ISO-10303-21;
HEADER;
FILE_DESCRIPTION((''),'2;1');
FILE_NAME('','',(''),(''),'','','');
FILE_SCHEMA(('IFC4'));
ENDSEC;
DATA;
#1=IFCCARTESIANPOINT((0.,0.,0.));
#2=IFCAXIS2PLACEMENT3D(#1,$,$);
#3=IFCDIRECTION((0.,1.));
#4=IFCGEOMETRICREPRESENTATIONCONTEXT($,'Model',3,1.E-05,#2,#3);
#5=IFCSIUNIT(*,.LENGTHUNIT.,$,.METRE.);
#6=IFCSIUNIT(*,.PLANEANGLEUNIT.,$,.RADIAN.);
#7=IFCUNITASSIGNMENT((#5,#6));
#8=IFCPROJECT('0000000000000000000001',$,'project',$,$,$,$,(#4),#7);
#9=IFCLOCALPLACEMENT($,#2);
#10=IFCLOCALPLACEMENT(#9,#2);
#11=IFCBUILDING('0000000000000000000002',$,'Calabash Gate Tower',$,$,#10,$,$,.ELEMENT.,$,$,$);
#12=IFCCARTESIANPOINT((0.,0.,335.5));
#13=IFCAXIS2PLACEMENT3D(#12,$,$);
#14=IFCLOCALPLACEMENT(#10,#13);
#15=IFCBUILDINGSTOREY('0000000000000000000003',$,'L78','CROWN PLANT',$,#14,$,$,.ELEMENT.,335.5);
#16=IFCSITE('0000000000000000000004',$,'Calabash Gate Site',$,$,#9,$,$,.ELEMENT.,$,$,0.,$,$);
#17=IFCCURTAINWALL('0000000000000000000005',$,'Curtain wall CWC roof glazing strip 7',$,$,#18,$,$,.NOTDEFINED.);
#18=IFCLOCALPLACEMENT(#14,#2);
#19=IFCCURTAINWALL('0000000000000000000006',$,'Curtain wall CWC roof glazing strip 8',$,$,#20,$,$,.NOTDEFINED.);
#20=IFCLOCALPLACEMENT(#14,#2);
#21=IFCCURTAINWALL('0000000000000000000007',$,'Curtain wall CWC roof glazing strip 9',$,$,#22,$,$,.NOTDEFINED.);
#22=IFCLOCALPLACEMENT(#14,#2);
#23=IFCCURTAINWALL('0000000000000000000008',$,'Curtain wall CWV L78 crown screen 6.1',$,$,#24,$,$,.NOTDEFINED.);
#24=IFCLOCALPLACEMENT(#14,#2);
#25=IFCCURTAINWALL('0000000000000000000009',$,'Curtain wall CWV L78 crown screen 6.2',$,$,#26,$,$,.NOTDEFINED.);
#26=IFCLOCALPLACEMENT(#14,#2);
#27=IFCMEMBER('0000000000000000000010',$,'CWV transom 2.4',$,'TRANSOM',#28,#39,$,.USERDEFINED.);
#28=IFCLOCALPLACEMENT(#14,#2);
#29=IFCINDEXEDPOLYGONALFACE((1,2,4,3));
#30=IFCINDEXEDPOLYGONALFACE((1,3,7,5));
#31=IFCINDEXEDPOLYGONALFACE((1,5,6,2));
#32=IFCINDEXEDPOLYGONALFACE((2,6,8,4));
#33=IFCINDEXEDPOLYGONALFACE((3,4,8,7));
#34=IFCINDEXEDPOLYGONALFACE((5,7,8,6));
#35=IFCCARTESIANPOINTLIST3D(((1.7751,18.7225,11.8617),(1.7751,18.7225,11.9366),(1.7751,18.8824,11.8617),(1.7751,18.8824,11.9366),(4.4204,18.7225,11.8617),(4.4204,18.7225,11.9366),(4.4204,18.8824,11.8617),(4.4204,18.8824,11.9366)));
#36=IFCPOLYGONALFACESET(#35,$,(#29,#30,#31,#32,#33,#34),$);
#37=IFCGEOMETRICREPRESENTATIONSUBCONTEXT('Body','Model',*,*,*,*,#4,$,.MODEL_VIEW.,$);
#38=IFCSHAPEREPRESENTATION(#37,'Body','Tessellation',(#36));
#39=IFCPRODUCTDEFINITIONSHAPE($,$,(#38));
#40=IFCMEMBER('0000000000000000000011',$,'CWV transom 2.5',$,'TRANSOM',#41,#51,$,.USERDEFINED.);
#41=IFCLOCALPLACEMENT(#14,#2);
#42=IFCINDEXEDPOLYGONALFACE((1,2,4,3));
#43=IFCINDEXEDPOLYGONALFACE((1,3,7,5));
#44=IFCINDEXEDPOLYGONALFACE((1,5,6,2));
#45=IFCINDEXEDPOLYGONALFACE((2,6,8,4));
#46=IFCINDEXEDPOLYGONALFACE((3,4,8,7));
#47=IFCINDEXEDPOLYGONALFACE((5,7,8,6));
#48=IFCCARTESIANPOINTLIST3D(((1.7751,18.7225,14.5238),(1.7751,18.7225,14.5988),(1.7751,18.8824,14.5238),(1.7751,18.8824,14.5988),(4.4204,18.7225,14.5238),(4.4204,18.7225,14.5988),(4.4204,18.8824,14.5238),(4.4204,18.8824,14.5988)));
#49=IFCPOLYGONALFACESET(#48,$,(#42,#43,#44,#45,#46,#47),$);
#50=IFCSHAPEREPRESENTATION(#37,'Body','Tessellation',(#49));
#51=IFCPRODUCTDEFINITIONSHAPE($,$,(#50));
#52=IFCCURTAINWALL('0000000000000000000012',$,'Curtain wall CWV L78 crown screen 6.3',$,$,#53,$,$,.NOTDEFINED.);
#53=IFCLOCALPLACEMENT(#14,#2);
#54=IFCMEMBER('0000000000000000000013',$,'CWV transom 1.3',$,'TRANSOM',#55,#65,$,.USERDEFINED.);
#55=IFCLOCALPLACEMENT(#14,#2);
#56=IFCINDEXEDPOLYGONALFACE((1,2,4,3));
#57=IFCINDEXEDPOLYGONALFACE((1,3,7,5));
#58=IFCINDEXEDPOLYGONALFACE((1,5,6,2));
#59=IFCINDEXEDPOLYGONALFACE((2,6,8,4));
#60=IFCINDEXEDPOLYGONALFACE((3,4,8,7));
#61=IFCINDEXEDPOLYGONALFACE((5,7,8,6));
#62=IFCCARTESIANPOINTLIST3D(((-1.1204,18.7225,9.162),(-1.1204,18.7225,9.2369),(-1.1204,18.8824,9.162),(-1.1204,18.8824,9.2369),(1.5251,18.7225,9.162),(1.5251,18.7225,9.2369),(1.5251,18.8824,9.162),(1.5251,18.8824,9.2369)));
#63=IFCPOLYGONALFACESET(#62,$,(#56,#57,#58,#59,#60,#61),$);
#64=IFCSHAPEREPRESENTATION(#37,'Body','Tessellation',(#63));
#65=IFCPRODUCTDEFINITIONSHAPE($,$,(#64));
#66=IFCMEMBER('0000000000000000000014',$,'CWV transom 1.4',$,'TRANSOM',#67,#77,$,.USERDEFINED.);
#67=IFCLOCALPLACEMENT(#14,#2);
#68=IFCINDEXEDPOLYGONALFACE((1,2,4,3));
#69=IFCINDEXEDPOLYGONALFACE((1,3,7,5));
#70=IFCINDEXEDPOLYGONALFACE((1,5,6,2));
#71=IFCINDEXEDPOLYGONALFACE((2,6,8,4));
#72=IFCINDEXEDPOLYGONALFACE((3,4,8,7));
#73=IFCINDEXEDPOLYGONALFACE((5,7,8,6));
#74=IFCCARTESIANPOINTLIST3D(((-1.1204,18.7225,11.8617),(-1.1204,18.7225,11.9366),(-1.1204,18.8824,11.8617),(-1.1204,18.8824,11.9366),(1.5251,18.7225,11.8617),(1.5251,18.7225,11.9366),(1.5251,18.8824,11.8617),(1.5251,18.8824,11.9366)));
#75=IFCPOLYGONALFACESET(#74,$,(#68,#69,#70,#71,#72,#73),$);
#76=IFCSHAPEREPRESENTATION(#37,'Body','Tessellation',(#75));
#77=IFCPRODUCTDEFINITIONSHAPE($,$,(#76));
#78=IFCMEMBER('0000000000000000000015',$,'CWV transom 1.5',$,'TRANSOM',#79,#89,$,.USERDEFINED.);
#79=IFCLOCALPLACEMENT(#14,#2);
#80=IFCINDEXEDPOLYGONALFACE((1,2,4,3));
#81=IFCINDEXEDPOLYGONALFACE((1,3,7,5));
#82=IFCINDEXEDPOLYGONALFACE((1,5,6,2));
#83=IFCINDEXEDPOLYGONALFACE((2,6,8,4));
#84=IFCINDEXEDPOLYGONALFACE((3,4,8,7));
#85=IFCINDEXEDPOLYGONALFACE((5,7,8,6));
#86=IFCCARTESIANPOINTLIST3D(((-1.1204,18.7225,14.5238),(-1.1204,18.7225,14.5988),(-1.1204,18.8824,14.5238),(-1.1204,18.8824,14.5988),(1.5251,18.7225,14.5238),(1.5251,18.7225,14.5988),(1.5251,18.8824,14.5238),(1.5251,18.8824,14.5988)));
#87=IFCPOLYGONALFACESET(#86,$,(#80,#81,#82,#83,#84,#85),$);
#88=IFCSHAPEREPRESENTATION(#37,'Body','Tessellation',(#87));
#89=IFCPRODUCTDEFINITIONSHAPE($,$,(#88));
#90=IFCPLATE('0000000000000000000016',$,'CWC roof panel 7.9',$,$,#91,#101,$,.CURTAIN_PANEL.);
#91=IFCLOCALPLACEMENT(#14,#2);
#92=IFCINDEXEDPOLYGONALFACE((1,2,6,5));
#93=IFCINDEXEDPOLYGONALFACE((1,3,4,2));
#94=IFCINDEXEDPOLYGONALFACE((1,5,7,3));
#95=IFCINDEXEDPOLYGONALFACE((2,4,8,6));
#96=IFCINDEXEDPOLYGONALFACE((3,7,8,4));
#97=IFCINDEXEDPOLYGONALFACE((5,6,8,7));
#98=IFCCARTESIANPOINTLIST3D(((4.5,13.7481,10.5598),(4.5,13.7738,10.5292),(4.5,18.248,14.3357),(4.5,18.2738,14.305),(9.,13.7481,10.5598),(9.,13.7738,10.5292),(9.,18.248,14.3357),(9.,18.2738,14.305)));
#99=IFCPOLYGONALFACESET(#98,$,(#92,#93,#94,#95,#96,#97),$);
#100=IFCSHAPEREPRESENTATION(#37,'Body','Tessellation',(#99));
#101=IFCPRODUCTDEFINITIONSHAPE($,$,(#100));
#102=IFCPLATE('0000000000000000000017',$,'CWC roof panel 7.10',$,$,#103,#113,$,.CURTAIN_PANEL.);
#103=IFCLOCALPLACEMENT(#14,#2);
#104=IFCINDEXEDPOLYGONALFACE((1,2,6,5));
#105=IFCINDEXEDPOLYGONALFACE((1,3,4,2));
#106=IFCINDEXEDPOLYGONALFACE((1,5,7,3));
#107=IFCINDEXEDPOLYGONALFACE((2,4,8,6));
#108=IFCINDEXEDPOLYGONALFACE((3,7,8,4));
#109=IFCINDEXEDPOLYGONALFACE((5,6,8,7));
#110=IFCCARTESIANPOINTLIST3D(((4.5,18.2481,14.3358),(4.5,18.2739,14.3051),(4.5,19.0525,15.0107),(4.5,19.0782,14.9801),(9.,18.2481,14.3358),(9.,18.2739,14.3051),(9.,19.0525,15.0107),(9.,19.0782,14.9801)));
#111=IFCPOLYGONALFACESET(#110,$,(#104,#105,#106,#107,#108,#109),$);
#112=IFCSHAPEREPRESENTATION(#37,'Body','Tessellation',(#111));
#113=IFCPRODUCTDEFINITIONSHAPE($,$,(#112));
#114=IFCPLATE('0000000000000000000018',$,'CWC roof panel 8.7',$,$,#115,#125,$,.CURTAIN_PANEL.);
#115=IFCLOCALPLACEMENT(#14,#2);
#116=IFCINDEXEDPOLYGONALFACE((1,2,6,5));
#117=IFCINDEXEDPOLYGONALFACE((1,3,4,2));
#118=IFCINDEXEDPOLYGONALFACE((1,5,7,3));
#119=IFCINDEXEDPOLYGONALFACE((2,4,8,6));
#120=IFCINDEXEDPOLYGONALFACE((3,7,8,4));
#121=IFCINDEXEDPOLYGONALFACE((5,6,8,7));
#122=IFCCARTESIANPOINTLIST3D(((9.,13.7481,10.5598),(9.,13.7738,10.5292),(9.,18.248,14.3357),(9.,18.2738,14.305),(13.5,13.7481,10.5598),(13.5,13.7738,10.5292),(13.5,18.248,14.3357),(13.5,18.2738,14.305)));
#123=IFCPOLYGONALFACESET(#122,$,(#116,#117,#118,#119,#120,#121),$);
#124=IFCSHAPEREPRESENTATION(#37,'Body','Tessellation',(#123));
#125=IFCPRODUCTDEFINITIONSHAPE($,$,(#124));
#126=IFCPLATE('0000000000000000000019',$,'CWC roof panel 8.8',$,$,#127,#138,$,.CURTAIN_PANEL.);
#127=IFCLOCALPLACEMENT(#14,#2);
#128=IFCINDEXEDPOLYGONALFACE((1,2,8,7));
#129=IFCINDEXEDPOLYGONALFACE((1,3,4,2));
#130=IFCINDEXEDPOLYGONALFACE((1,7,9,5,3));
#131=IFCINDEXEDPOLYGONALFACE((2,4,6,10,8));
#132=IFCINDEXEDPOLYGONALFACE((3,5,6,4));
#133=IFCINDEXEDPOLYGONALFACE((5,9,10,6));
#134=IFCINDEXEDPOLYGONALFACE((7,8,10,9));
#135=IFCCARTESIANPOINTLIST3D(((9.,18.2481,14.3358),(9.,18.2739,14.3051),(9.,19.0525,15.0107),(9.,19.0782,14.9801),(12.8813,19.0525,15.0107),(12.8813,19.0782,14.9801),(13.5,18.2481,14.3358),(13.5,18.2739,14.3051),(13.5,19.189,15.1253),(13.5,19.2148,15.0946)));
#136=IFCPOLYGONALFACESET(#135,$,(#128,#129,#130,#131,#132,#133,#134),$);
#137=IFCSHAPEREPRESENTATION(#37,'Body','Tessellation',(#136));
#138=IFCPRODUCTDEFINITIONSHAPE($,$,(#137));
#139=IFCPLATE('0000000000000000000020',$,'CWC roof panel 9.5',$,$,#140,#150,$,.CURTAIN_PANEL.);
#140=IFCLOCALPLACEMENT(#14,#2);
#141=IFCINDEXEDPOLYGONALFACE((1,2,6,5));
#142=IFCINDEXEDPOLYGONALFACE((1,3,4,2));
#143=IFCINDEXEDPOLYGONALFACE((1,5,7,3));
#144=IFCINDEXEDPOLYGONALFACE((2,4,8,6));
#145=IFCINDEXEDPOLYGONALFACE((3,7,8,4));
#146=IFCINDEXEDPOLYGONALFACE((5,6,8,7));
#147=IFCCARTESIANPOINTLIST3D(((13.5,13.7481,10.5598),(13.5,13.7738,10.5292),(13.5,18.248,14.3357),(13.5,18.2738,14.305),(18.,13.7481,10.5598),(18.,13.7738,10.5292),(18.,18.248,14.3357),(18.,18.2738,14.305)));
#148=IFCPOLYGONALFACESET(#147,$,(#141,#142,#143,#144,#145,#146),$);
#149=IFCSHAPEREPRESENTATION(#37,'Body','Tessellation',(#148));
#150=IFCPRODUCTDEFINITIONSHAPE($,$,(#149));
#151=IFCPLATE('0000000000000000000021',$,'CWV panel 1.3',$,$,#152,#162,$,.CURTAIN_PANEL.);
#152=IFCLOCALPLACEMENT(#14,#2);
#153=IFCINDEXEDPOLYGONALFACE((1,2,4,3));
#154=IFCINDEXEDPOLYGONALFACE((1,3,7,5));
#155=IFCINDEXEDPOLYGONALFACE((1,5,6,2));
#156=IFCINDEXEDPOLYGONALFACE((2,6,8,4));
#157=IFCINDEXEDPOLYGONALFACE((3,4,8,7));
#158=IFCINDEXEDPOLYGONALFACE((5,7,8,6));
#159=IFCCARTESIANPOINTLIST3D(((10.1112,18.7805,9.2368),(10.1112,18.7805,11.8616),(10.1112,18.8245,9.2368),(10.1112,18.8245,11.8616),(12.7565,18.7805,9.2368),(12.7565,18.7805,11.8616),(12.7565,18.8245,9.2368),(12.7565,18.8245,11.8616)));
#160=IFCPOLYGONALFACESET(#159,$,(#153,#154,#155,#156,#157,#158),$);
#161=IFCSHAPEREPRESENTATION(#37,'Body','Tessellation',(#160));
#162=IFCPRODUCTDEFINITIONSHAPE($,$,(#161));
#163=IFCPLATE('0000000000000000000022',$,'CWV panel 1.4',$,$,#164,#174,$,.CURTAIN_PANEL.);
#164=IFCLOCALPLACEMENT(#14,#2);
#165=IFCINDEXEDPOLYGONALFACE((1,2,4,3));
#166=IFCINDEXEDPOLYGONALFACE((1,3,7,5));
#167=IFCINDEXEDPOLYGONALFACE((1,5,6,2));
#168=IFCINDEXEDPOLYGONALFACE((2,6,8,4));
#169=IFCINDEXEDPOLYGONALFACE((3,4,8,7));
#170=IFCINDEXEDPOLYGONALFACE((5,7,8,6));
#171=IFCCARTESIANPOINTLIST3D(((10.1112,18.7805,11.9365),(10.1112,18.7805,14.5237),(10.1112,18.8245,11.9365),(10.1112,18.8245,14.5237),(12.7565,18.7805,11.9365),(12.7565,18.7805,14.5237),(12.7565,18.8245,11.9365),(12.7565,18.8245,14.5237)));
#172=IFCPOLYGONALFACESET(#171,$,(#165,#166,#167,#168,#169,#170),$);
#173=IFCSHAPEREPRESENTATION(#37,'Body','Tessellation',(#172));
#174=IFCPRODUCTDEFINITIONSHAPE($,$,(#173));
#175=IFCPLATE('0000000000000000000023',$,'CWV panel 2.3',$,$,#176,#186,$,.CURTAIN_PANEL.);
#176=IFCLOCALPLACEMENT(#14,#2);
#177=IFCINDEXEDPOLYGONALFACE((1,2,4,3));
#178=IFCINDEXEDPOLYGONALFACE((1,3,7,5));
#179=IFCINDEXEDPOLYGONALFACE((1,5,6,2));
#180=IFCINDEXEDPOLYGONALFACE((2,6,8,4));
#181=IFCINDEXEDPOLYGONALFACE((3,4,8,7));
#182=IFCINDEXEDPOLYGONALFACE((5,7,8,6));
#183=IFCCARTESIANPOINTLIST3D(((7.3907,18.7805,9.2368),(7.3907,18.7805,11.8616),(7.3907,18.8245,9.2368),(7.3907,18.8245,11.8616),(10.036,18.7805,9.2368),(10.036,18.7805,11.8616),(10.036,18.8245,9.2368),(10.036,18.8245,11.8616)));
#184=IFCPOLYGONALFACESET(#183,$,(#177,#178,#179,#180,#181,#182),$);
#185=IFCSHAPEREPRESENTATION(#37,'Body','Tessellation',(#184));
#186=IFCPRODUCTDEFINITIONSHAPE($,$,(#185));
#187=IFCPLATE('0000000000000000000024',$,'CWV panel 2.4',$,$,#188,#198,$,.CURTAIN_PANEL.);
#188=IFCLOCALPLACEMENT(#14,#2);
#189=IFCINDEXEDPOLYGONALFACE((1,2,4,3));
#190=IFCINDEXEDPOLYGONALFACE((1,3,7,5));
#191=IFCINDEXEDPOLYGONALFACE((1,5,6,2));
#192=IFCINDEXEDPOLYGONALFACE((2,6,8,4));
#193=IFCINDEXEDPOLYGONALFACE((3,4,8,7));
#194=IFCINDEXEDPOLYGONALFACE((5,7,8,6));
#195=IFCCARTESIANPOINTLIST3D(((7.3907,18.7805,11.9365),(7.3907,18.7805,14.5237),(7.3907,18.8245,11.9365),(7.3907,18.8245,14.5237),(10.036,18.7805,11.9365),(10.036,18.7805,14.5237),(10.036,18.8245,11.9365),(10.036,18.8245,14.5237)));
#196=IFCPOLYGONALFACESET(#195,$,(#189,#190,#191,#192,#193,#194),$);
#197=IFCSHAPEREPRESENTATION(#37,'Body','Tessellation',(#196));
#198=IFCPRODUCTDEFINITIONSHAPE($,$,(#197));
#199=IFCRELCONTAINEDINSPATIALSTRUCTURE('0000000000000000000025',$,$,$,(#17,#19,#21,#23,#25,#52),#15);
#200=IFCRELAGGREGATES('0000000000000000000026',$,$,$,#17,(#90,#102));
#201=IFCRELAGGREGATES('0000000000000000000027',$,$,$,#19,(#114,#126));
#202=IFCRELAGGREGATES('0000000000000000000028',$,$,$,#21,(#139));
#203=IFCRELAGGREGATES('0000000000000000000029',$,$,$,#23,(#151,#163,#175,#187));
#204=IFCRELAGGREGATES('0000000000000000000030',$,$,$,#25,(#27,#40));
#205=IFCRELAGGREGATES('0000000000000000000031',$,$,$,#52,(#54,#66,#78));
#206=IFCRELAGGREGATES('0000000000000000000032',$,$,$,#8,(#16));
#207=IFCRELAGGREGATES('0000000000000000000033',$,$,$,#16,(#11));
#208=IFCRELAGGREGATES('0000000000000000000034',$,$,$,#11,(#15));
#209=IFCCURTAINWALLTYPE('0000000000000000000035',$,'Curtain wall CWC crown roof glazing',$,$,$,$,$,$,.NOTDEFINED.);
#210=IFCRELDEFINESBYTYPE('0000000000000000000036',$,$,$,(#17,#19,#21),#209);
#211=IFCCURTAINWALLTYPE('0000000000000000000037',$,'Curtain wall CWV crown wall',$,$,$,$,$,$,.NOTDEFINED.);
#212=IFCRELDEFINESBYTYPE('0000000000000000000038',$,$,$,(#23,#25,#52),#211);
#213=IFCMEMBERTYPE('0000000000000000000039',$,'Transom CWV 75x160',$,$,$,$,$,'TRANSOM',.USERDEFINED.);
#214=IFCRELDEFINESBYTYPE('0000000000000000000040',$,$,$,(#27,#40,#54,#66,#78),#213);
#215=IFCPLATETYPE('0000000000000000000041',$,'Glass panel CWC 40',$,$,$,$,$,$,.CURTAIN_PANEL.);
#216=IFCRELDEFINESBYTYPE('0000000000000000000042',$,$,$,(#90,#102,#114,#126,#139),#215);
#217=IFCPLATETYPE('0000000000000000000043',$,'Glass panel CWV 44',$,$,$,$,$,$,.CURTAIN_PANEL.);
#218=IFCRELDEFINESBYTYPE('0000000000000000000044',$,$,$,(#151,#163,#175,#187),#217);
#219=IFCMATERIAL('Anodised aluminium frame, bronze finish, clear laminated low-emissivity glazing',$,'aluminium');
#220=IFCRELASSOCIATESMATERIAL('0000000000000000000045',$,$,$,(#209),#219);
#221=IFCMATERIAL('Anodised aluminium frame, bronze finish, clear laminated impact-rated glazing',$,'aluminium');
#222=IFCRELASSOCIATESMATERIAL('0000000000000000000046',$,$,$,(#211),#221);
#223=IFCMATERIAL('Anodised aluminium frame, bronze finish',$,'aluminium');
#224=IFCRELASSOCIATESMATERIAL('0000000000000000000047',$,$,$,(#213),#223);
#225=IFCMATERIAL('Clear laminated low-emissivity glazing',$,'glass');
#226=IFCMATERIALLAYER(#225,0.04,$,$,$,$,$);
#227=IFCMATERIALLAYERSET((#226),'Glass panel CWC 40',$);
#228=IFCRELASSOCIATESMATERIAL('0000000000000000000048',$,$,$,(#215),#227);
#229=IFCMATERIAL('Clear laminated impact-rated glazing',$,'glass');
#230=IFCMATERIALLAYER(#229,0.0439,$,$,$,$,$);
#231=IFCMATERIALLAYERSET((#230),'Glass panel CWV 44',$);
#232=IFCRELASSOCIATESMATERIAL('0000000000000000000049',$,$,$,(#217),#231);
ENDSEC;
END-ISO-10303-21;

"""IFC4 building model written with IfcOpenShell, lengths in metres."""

from ifc_helpers import new_model, si_unit, direction, frame, origin, origin_2d, place, context, subcontext, project, spatial, polyline, rectangle, outline, extrude, material, layer, layer_set, material_profile, profile_set, type_object, element, aggregate, save


model = new_model("IFC4")

# Units and contexts
model_context = context("Model", 3, precision=1e-05, world=origin(), true_north=direction((0.0, 1.0)))
body_context = subcontext(model_context, "Body", "Model", "MODEL_VIEW")
ifc_project = project(units=[si_unit("LENGTHUNIT", "METRE"), si_unit("PLANEANGLEUNIT", "RADIAN")], contexts=[model_context])

# Site, building, storey
site_placement = place(None, origin())
site = spatial("IfcSite", under=ifc_project, at=site_placement, Name="Calabash Gate Site", CompositionType="ELEMENT", RefElevation=0.0)
building_placement = place(site_placement, origin())
building = spatial("IfcBuilding", under=site, at=building_placement, Name="Calabash Gate Tower", CompositionType="ELEMENT")
storey_placement = place(building_placement, frame((0.0, 0.0, 335.5)))
storey = spatial("IfcBuildingStorey", under=building, at=storey_placement, Name="L78", Description="CROWN PLANT", CompositionType="ELEMENT", Elevation=335.5)

# Curtain walls
ifc_material_1 = material(Name="Anodised aluminium frame, bronze finish, clear laminated low-emissivity glazing", Category="aluminium")
curtain_wall_type_1 = type_object("IfcCurtainWallType", Name="Curtain wall CWC crown roof glazing", PredefinedType="NOTDEFINED", material=ifc_material_1)
curtain_wall_1_placement = place(storey_placement, origin())
curtain_wall_1 = element("IfcCurtainWall", 1, at=curtain_wall_1_placement, inside=storey, type_object=curtain_wall_type_1, Name="Curtain wall CWC roof glazing strip 7", PredefinedType="NOTDEFINED")
curtain_wall_2_placement = place(storey_placement, origin())
curtain_wall_2 = element("IfcCurtainWall", 2, at=curtain_wall_2_placement, inside=storey, type_object=curtain_wall_type_1, Name="Curtain wall CWC roof glazing strip 8", PredefinedType="NOTDEFINED")
curtain_wall_3_placement = place(storey_placement, origin())
curtain_wall_3 = element("IfcCurtainWall", 3, at=curtain_wall_3_placement, inside=storey, type_object=curtain_wall_type_1, Name="Curtain wall CWC roof glazing strip 9", PredefinedType="NOTDEFINED")

# Curtain walls, members
ifc_material_2 = material(Name="Anodised aluminium frame, bronze finish, clear laminated impact-rated glazing", Category="aluminium")
curtain_wall_type_2 = type_object("IfcCurtainWallType", Name="Curtain wall CWV crown wall", PredefinedType="NOTDEFINED", material=ifc_material_2)
curtain_wall_4_placement = place(storey_placement, origin())
curtain_wall_4 = element("IfcCurtainWall", 4, at=curtain_wall_4_placement, inside=storey, type_object=curtain_wall_type_2, Name="Curtain wall CWV L78 crown screen 6.1", PredefinedType="NOTDEFINED")
ifc_material_3 = material(Name="Anodised aluminium frame, bronze finish", Category="aluminium")
ifc_material_profile_1 = material_profile(ifc_material_3, rectangle(XDim=0.1599, YDim=0.075, at=origin_2d()))
ifc_profile_set_1 = profile_set([ifc_material_profile_1], Name="Anodised aluminium frame, bronze finish")
member_type_1 = type_object("IfcMemberType", Name="Transom CWV 75x160", ElementType="TRANSOM", PredefinedType="USERDEFINED", material=ifc_profile_set_1)
curtain_wall_5_placement = place(storey_placement, origin())
curtain_wall_5 = element("IfcCurtainWall", 5, at=curtain_wall_5_placement, inside=storey, type_object=curtain_wall_type_2, Name="Curtain wall CWV L78 crown screen 6.2", PredefinedType="NOTDEFINED")
member_1_placement = place(storey_placement, frame((4.4204, 18.8025, 11.8992), z_axis=(-1.0, 0.0, 0.0), x_axis=(0.0, -1.0, 0.0)))
member_1 = element("IfcMember", 6, at=member_1_placement, type_object=member_type_1, Name="CWV transom 2.4", ObjectType="TRANSOM", PredefinedType="USERDEFINED", context=body_context, shape_type="SweptSolid", body=[
    extrude(rectangle(XDim=0.1599, YDim=0.075, at=origin_2d()), origin(), (0.0, 0.0, 1.0), 2.6453),
])
member_2_placement = place(storey_placement, frame((4.4204, 18.8025, 14.5613), z_axis=(-1.0, 0.0, 0.0), x_axis=(0.0, -1.0, 0.0)))
member_2 = element("IfcMember", 7, at=member_2_placement, type_object=member_type_1, Name="CWV transom 2.5", ObjectType="TRANSOM", PredefinedType="USERDEFINED", context=body_context, shape_type="SweptSolid", body=[
    extrude(rectangle(XDim=0.1599, YDim=0.075, at=origin_2d()), origin(), (0.0, 0.0, 1.0), 2.6453),
])
curtain_wall_6_placement = place(storey_placement, origin())
curtain_wall_6 = element("IfcCurtainWall", 8, at=curtain_wall_6_placement, inside=storey, type_object=curtain_wall_type_2, Name="Curtain wall CWV L78 crown screen 6.3", PredefinedType="NOTDEFINED")
member_3_placement = place(storey_placement, frame((1.5251, 18.8025, 9.1995), z_axis=(-1.0, 0.0, 0.0), x_axis=(0.0, -1.0, 0.0)))
member_3 = element("IfcMember", 9, at=member_3_placement, type_object=member_type_1, Name="CWV transom 1.3", ObjectType="TRANSOM", PredefinedType="USERDEFINED", context=body_context, shape_type="SweptSolid", body=[
    extrude(rectangle(XDim=0.1599, YDim=0.075, at=origin_2d()), origin(), (0.0, 0.0, 1.0), 2.6455),
])
member_4_placement = place(storey_placement, frame((1.5251, 18.8025, 11.8992), z_axis=(-1.0, 0.0, 0.0), x_axis=(0.0, -1.0, 0.0)))
member_4 = element("IfcMember", 10, at=member_4_placement, type_object=member_type_1, Name="CWV transom 1.4", ObjectType="TRANSOM", PredefinedType="USERDEFINED", context=body_context, shape_type="SweptSolid", body=[
    extrude(rectangle(XDim=0.1599, YDim=0.075, at=origin_2d()), origin(), (0.0, 0.0, 1.0), 2.6455),
])
member_5_placement = place(storey_placement, frame((1.5251, 18.8025, 14.5613), z_axis=(-1.0, 0.0, 0.0), x_axis=(0.0, -1.0, 0.0)))
member_5 = element("IfcMember", 11, at=member_5_placement, type_object=member_type_1, Name="CWV transom 1.5", ObjectType="TRANSOM", PredefinedType="USERDEFINED", context=body_context, shape_type="SweptSolid", body=[
    extrude(rectangle(XDim=0.1599, YDim=0.075, at=origin_2d()), origin(), (0.0, 0.0, 1.0), 2.6455),
])

# Plates
ifc_material_4 = material(Name="Clear laminated low-emissivity glazing", Category="glass")
ifc_layer_1 = layer(ifc_material_4, 0.04)
ifc_layer_set_1 = layer_set([ifc_layer_1], Name="Glass panel CWC 40")
plate_type_1 = type_object("IfcPlateType", Name="Glass panel CWC 40", PredefinedType="CURTAIN_PANEL", material=ifc_layer_set_1)
plate_1_placement = place(storey_placement, frame((4.5, 18.248, 14.3357), z_axis=(0.0, -0.642781, 0.76605), x_axis=(1.0, 0.0, 0.0)))
plate_1 = element("IfcPlate", 12, at=plate_1_placement, type_object=plate_type_1, Name="CWC roof panel 7.9", PredefinedType="CURTAIN_PANEL", context=body_context, shape_type="SweptSolid", body=[
    extrude(outline(polyline([(0.0, 0.0), (4.5, 0.0), (4.5, -5.8743), (0.0, -5.8743), (0.0, 0.0)])), origin(), (0.0, 0.0, -1.0), 0.04),
])
plate_2_placement = place(storey_placement, frame((4.5, 19.0525, 15.0107), z_axis=(0.0, -0.64281, 0.766025), x_axis=(1.0, 0.0, 0.0)))
plate_2 = element("IfcPlate", 13, at=plate_2_placement, type_object=plate_type_1, Name="CWC roof panel 7.10", PredefinedType="CURTAIN_PANEL", context=body_context, shape_type="SweptSolid", body=[
    extrude(outline(polyline([(0.0, 0.0), (4.5, 0.0), (4.5, -1.05), (0.0, -1.05), (0.0, 0.0)])), origin(), (0.0, 0.0, -1.0), 0.04),
])
aggregate(curtain_wall_1, [plate_1, plate_2])
plate_3_placement = place(storey_placement, frame((9.0, 18.248, 14.3357), z_axis=(0.0, -0.642781, 0.76605), x_axis=(1.0, 0.0, 0.0)))
plate_3 = element("IfcPlate", 14, at=plate_3_placement, type_object=plate_type_1, Name="CWC roof panel 8.7", PredefinedType="CURTAIN_PANEL", context=body_context, shape_type="SweptSolid", body=[
    extrude(outline(polyline([(0.0, 0.0), (4.5, 0.0), (4.5, -5.8743), (0.0, -5.8743), (0.0, 0.0)])), origin(), (0.0, 0.0, -1.0), 0.04),
])
plate_4_placement = place(storey_placement, frame((9.0, 19.0525, 15.0107), z_axis=(0.000002, -0.64281, 0.766026), x_axis=(1.0, 0.000001, -0.000001)))
plate_4 = element("IfcPlate", 15, at=plate_4_placement, type_object=plate_type_1, Name="CWC roof panel 8.8", PredefinedType="CURTAIN_PANEL", context=body_context, shape_type="SweptSolid", body=[
    extrude(outline(polyline([(0.0, 0.0), (3.8813, 0.0), (4.5, 0.1782), (4.5, -1.05), (0.0, -1.05), (0.0, 0.0)])), origin(), (0.0, 0.0, -1.0), 0.04),
])
aggregate(curtain_wall_2, [plate_3, plate_4])
plate_5_placement = place(storey_placement, frame((13.5, 18.248, 14.3357), z_axis=(0.0, -0.642781, 0.76605), x_axis=(1.0, 0.0, 0.0)))
plate_5 = element("IfcPlate", 16, at=plate_5_placement, type_object=plate_type_1, Name="CWC roof panel 9.5", PredefinedType="CURTAIN_PANEL", context=body_context, shape_type="SweptSolid", body=[
    extrude(outline(polyline([(0.0, 0.0), (4.5, 0.0), (4.5, -5.8743), (0.0, -5.8743), (0.0, 0.0)])), origin(), (0.0, 0.0, -1.0), 0.04),
])
aggregate(curtain_wall_3, [plate_5])
ifc_material_5 = material(Name="Clear laminated impact-rated glazing", Category="glass")
ifc_layer_2 = layer(ifc_material_5, 0.0439)
ifc_layer_set_2 = layer_set([ifc_layer_2], Name="Glass panel CWV 44")
plate_type_2 = type_object("IfcPlateType", Name="Glass panel CWV 44", PredefinedType="CURTAIN_PANEL", material=ifc_layer_set_2)
plate_6_placement = place(storey_placement, frame((11.4338, 18.8025, 9.2368), z_axis=(0.0, 0.0, 1.0), x_axis=(-1.0, 0.0, 0.0)))
plate_6 = element("IfcPlate", 17, at=plate_6_placement, type_object=plate_type_2, Name="CWV panel 1.3", PredefinedType="CURTAIN_PANEL", context=body_context, shape_type="SweptSolid", body=[
    extrude(rectangle(XDim=2.6453, YDim=0.0439, at=origin_2d()), origin(), (0.0, 0.0, 1.0), 2.6248),
])
plate_7_placement = place(storey_placement, frame((11.4338, 18.8025, 11.9365), z_axis=(0.0, 0.0, 1.0), x_axis=(-1.0, 0.0, 0.0)))
plate_7 = element("IfcPlate", 18, at=plate_7_placement, type_object=plate_type_2, Name="CWV panel 1.4", PredefinedType="CURTAIN_PANEL", context=body_context, shape_type="SweptSolid", body=[
    extrude(rectangle(XDim=2.6453, YDim=0.0439, at=origin_2d()), origin(), (0.0, 0.0, 1.0), 2.5872),
])
plate_8_placement = place(storey_placement, frame((8.7134, 18.8025, 9.2368), z_axis=(0.0, 0.0, 1.0), x_axis=(-1.0, 0.0, 0.0)))
plate_8 = element("IfcPlate", 19, at=plate_8_placement, type_object=plate_type_2, Name="CWV panel 2.3", PredefinedType="CURTAIN_PANEL", context=body_context, shape_type="SweptSolid", body=[
    extrude(rectangle(XDim=2.6453, YDim=0.0439, at=origin_2d()), origin(), (0.0, 0.0, 1.0), 2.6248),
])
plate_9_placement = place(storey_placement, frame((8.7134, 18.8025, 11.9365), z_axis=(0.0, 0.0, 1.0), x_axis=(-1.0, 0.0, 0.0)))
plate_9 = element("IfcPlate", 20, at=plate_9_placement, type_object=plate_type_2, Name="CWV panel 2.4", PredefinedType="CURTAIN_PANEL", context=body_context, shape_type="SweptSolid", body=[
    extrude(rectangle(XDim=2.6453, YDim=0.0439, at=origin_2d()), origin(), (0.0, 0.0, 1.0), 2.5872),
])
aggregate(curtain_wall_4, [plate_6, plate_7, plate_8, plate_9])
aggregate(curtain_wall_5, [member_1, member_2])
aggregate(curtain_wall_6, [member_3, member_4, member_5])

save(model, "model.ifc")
